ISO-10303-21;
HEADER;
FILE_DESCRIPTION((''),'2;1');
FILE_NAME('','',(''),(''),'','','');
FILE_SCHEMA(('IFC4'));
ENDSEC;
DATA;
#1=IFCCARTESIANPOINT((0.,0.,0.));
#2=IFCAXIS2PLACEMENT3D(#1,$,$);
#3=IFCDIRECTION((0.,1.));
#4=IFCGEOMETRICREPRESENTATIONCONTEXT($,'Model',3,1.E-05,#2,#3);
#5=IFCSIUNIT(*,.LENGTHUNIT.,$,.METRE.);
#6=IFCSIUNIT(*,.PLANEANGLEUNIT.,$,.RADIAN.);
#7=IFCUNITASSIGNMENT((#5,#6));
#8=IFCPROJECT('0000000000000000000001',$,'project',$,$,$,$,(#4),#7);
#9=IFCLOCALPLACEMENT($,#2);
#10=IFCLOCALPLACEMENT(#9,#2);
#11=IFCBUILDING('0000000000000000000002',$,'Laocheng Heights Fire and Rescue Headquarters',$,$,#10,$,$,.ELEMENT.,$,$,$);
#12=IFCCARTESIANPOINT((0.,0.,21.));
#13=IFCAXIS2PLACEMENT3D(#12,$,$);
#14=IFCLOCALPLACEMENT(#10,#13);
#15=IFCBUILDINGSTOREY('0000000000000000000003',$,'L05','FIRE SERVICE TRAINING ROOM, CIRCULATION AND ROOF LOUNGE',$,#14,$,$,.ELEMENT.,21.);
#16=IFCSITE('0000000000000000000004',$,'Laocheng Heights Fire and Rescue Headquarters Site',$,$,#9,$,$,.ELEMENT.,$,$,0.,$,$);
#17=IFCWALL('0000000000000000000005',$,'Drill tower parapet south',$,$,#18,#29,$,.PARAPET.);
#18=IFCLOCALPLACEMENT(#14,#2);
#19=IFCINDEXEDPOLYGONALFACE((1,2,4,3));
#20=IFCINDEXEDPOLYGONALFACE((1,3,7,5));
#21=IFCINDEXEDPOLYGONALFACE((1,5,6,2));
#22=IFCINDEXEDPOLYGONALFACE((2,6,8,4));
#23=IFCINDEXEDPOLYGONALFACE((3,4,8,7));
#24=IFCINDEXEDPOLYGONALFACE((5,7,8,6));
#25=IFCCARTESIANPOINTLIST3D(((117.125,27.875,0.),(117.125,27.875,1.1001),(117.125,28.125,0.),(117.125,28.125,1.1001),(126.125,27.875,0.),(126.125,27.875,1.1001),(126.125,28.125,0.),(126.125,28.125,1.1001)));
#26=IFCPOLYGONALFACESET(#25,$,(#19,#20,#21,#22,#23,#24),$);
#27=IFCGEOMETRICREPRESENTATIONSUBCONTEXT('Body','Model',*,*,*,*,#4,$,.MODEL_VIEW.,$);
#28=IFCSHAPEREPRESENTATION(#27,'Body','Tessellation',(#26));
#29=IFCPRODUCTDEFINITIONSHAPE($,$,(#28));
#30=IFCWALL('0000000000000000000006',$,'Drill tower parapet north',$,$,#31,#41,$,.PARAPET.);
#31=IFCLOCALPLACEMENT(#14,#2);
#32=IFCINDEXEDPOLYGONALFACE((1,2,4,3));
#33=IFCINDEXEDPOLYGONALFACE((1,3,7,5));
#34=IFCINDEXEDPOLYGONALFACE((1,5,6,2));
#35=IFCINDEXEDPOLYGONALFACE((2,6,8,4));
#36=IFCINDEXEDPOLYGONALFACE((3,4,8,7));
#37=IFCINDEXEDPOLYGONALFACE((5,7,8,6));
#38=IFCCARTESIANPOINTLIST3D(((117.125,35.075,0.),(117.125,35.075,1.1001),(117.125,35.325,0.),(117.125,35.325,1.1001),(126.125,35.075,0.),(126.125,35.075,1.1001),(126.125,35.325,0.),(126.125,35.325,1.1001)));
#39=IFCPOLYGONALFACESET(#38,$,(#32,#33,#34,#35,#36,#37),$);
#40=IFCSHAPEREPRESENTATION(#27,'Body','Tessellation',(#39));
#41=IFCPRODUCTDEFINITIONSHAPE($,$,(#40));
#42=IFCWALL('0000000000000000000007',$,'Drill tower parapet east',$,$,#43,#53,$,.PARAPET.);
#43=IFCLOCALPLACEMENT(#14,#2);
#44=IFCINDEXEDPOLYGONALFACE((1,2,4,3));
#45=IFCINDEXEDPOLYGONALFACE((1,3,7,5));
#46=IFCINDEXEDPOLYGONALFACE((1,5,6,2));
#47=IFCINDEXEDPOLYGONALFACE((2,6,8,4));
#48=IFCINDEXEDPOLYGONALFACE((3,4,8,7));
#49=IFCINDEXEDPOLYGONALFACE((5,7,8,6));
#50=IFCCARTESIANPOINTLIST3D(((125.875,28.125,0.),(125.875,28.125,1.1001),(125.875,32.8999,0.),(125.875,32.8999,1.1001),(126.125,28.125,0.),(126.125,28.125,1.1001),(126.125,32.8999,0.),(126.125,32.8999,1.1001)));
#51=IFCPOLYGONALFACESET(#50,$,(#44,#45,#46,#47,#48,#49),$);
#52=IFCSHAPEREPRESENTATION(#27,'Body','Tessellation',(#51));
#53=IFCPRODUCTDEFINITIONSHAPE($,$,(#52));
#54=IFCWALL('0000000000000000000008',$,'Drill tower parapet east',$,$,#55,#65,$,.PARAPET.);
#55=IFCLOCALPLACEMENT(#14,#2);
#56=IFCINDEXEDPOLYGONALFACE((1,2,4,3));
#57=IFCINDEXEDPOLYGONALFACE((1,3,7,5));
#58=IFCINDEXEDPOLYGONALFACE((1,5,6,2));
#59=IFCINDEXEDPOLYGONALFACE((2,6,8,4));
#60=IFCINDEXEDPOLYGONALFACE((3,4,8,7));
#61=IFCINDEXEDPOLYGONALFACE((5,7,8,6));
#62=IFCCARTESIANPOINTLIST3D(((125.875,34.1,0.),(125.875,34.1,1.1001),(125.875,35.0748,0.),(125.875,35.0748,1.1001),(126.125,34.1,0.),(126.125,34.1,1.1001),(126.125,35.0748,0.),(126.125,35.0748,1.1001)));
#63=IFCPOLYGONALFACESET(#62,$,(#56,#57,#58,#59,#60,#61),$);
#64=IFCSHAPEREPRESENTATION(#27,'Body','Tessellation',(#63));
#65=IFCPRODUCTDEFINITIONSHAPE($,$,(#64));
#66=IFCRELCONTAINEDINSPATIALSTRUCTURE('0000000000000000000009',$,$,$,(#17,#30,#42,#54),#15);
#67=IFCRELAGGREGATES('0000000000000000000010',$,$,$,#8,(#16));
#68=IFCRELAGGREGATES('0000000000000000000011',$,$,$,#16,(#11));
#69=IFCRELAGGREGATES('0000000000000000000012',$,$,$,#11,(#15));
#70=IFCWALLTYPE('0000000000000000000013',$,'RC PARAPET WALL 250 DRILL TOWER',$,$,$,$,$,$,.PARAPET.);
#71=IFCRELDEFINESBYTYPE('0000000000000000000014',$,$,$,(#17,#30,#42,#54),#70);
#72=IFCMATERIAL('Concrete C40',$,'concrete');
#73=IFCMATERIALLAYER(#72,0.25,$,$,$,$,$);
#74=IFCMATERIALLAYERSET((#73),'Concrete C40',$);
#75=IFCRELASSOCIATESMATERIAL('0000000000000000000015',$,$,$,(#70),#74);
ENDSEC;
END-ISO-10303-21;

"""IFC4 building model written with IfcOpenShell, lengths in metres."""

from ifc_helpers import new_model, si_unit, direction, frame, frame_2d, origin, place, context, subcontext, project, spatial, rectangle, extrude, material, layer, layer_set, type_object, element, save


model = new_model("IFC4")

# Units and contexts
model_context = context("Model", 3, precision=1e-05, world=origin(), true_north=direction((0.0, 1.0)))
body_context = subcontext(model_context, "Body", "Model", "MODEL_VIEW")
ifc_project = project(units=[si_unit("LENGTHUNIT", "METRE"), si_unit("PLANEANGLEUNIT", "RADIAN")], contexts=[model_context])

# Site, building, storey
site_placement = place(None, origin())
site = spatial("IfcSite", under=ifc_project, at=site_placement, Name="Laocheng Heights Fire and Rescue Headquarters Site", CompositionType="ELEMENT", RefElevation=0.0)
building_placement = place(site_placement, origin())
building = spatial("IfcBuilding", under=site, at=building_placement, Name="Laocheng Heights Fire and Rescue Headquarters", CompositionType="ELEMENT")
storey_placement = place(building_placement, frame((0.0, 0.0, 21.0)))
storey = spatial("IfcBuildingStorey", under=building, at=storey_placement, Name="L05", Description="FIRE SERVICE TRAINING ROOM, CIRCULATION AND ROOF LOUNGE", CompositionType="ELEMENT", Elevation=21.0)

# Walls
ifc_material_1 = material(Name="Concrete C40", Category="concrete")
ifc_layer_1 = layer(ifc_material_1, 0.25)
ifc_layer_set_1 = layer_set([ifc_layer_1], Name="Concrete C40")
wall_type_1 = type_object("IfcWallType", Name="RC PARAPET WALL 250 DRILL TOWER", PredefinedType="PARAPET", material=ifc_layer_set_1)
for number, where, z_axis, x_axis, name in (
    (1, (117.125, 28.0, 0.0), (0.0, 0.0, 1.0), (1.0, 0.0, 0.0), "Drill tower parapet south"),
    (2, (117.125, 35.2, 0.0), (0.0, 0.0, 1.0), (1.0, 0.0, 0.0), "Drill tower parapet north"),
):
    element("IfcWall", number, at=place(storey_placement, frame(where, z_axis=z_axis, x_axis=x_axis)), inside=storey, type_object=wall_type_1, Name=name, PredefinedType="PARAPET", context=body_context, shape_type="SweptSolid", body=[
        extrude(rectangle(XDim=9.0, YDim=0.25, at=frame_2d((4.5, 0.0))), origin(), (0.0, 0.0, 1.0), 1.1001),
    ])
wall_1_placement = place(storey_placement, frame((126.0, 28.125, 0.0), z_axis=(0.0, 0.0, 1.0), x_axis=(0.0, 1.0, 0.0)))
element("IfcWall", 3, at=wall_1_placement, inside=storey, type_object=wall_type_1, Name="Drill tower parapet east", PredefinedType="PARAPET", context=body_context, shape_type="SweptSolid", body=[
    extrude(rectangle(XDim=4.7749, YDim=0.25, at=frame_2d((2.3875, 0.0))), origin(), (0.0, 0.0, 1.0), 1.1001),
])
wall_2_placement = place(storey_placement, frame((126.0, 34.1001, 0.0), z_axis=(0.0, 0.0, 1.0), x_axis=(0.0, 1.0, 0.0)))
element("IfcWall", 4, at=wall_2_placement, inside=storey, type_object=wall_type_1, Name="Drill tower parapet east", PredefinedType="PARAPET", context=body_context, shape_type="SweptSolid", body=[
    extrude(rectangle(XDim=0.9749, YDim=0.25, at=frame_2d((0.4873, 0.0))), origin(), (0.0, 0.0, 1.0), 1.1001),
])

save(model, "model.ifc")
